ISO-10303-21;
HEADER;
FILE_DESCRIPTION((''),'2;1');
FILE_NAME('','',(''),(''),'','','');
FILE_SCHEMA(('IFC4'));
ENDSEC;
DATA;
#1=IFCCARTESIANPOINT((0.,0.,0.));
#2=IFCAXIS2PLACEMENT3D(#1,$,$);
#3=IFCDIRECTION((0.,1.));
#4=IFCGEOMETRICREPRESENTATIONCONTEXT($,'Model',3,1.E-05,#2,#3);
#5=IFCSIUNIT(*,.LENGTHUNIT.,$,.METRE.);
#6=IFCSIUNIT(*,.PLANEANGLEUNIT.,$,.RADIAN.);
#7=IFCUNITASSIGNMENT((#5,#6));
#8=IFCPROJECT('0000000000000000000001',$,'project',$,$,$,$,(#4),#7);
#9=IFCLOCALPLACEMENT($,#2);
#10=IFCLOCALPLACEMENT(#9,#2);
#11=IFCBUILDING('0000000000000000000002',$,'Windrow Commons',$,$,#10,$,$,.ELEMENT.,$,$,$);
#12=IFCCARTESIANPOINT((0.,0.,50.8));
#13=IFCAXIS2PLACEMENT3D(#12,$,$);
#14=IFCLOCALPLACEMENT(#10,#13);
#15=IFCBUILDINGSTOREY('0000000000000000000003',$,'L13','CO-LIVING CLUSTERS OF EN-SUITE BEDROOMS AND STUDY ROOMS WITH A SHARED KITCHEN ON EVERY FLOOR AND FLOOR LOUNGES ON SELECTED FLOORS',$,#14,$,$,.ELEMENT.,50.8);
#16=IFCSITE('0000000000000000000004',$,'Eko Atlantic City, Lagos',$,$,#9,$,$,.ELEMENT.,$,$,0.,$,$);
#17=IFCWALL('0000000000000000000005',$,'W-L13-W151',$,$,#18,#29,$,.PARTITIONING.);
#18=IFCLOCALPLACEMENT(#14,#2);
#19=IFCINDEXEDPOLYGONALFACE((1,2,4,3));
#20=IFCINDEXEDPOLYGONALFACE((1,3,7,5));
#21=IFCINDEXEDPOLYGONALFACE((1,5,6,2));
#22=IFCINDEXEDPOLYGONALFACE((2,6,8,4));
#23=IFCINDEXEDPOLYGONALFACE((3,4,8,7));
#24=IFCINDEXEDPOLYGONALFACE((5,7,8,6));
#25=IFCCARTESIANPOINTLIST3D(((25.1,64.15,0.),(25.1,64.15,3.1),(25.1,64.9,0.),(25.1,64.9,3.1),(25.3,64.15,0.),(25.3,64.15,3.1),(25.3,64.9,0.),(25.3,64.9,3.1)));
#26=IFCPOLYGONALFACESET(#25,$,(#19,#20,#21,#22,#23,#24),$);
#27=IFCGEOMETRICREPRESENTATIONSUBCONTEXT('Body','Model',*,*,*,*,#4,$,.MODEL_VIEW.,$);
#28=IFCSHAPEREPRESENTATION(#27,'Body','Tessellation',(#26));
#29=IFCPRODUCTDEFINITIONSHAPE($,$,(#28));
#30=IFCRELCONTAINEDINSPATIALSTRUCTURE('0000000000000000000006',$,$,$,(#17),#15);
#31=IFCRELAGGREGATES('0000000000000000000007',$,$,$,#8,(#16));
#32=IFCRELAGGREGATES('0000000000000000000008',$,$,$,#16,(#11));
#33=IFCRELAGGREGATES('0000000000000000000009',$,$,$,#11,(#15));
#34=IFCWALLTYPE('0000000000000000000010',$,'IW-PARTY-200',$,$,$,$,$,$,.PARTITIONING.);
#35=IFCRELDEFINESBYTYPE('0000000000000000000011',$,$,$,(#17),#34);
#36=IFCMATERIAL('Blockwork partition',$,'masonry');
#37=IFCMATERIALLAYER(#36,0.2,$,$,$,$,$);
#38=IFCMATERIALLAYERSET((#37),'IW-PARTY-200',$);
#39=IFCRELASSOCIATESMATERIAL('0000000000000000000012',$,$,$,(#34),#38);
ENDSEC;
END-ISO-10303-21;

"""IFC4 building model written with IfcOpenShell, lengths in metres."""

from ifc_helpers import new_model, si_unit, direction, frame, frame_2d, origin, place, context, subcontext, project, spatial, rectangle, extrude, material, layer, layer_set, type_object, element, save


model = new_model("IFC4")

# Units and contexts
model_context = context("Model", 3, precision=1e-05, world=origin(), true_north=direction((0.0, 1.0)))
body_context = subcontext(model_context, "Body", "Model", "MODEL_VIEW")
ifc_project = project(units=[si_unit("LENGTHUNIT", "METRE"), si_unit("PLANEANGLEUNIT", "RADIAN")], contexts=[model_context])

# Site, building, storey
site_placement = place(None, origin())
site = spatial("IfcSite", under=ifc_project, at=site_placement, Name="Eko Atlantic City, Lagos", CompositionType="ELEMENT", RefElevation=0.0)
building_placement = place(site_placement, origin())
building = spatial("IfcBuilding", under=site, at=building_placement, Name="Windrow Commons", CompositionType="ELEMENT")
storey_placement = place(building_placement, frame((0.0, 0.0, 50.8)))
storey = spatial("IfcBuildingStorey", under=building, at=storey_placement, Name="L13", Description="CO-LIVING CLUSTERS OF EN-SUITE BEDROOMS AND STUDY ROOMS WITH A SHARED KITCHEN ON EVERY FLOOR AND FLOOR LOUNGES ON SELECTED FLOORS", CompositionType="ELEMENT", Elevation=50.8)

# Wall
ifc_material_1 = material(Name="Blockwork partition", Category="masonry")
ifc_layer_1 = layer(ifc_material_1, 0.2)
ifc_layer_set_1 = layer_set([ifc_layer_1], Name="IW-PARTY-200")
wall_type_1 = type_object("IfcWallType", Name="IW-PARTY-200", PredefinedType="PARTITIONING", material=ifc_layer_set_1)
wall_1_placement = place(storey_placement, frame((25.2, 64.15, 0.0), z_axis=(0.0, 0.0, 1.0), x_axis=(0.0, 1.0, 0.0)))
element("IfcWall", 1, at=wall_1_placement, inside=storey, type_object=wall_type_1, Name="W-L13-W151", PredefinedType="PARTITIONING", context=body_context, shape_type="SweptSolid", body=[
    extrude(rectangle(XDim=0.75, YDim=0.2, at=frame_2d((0.375, 0.0))), origin(), (0.0, 0.0, 1.0), 3.1),
])

save(model, "model.ifc")
